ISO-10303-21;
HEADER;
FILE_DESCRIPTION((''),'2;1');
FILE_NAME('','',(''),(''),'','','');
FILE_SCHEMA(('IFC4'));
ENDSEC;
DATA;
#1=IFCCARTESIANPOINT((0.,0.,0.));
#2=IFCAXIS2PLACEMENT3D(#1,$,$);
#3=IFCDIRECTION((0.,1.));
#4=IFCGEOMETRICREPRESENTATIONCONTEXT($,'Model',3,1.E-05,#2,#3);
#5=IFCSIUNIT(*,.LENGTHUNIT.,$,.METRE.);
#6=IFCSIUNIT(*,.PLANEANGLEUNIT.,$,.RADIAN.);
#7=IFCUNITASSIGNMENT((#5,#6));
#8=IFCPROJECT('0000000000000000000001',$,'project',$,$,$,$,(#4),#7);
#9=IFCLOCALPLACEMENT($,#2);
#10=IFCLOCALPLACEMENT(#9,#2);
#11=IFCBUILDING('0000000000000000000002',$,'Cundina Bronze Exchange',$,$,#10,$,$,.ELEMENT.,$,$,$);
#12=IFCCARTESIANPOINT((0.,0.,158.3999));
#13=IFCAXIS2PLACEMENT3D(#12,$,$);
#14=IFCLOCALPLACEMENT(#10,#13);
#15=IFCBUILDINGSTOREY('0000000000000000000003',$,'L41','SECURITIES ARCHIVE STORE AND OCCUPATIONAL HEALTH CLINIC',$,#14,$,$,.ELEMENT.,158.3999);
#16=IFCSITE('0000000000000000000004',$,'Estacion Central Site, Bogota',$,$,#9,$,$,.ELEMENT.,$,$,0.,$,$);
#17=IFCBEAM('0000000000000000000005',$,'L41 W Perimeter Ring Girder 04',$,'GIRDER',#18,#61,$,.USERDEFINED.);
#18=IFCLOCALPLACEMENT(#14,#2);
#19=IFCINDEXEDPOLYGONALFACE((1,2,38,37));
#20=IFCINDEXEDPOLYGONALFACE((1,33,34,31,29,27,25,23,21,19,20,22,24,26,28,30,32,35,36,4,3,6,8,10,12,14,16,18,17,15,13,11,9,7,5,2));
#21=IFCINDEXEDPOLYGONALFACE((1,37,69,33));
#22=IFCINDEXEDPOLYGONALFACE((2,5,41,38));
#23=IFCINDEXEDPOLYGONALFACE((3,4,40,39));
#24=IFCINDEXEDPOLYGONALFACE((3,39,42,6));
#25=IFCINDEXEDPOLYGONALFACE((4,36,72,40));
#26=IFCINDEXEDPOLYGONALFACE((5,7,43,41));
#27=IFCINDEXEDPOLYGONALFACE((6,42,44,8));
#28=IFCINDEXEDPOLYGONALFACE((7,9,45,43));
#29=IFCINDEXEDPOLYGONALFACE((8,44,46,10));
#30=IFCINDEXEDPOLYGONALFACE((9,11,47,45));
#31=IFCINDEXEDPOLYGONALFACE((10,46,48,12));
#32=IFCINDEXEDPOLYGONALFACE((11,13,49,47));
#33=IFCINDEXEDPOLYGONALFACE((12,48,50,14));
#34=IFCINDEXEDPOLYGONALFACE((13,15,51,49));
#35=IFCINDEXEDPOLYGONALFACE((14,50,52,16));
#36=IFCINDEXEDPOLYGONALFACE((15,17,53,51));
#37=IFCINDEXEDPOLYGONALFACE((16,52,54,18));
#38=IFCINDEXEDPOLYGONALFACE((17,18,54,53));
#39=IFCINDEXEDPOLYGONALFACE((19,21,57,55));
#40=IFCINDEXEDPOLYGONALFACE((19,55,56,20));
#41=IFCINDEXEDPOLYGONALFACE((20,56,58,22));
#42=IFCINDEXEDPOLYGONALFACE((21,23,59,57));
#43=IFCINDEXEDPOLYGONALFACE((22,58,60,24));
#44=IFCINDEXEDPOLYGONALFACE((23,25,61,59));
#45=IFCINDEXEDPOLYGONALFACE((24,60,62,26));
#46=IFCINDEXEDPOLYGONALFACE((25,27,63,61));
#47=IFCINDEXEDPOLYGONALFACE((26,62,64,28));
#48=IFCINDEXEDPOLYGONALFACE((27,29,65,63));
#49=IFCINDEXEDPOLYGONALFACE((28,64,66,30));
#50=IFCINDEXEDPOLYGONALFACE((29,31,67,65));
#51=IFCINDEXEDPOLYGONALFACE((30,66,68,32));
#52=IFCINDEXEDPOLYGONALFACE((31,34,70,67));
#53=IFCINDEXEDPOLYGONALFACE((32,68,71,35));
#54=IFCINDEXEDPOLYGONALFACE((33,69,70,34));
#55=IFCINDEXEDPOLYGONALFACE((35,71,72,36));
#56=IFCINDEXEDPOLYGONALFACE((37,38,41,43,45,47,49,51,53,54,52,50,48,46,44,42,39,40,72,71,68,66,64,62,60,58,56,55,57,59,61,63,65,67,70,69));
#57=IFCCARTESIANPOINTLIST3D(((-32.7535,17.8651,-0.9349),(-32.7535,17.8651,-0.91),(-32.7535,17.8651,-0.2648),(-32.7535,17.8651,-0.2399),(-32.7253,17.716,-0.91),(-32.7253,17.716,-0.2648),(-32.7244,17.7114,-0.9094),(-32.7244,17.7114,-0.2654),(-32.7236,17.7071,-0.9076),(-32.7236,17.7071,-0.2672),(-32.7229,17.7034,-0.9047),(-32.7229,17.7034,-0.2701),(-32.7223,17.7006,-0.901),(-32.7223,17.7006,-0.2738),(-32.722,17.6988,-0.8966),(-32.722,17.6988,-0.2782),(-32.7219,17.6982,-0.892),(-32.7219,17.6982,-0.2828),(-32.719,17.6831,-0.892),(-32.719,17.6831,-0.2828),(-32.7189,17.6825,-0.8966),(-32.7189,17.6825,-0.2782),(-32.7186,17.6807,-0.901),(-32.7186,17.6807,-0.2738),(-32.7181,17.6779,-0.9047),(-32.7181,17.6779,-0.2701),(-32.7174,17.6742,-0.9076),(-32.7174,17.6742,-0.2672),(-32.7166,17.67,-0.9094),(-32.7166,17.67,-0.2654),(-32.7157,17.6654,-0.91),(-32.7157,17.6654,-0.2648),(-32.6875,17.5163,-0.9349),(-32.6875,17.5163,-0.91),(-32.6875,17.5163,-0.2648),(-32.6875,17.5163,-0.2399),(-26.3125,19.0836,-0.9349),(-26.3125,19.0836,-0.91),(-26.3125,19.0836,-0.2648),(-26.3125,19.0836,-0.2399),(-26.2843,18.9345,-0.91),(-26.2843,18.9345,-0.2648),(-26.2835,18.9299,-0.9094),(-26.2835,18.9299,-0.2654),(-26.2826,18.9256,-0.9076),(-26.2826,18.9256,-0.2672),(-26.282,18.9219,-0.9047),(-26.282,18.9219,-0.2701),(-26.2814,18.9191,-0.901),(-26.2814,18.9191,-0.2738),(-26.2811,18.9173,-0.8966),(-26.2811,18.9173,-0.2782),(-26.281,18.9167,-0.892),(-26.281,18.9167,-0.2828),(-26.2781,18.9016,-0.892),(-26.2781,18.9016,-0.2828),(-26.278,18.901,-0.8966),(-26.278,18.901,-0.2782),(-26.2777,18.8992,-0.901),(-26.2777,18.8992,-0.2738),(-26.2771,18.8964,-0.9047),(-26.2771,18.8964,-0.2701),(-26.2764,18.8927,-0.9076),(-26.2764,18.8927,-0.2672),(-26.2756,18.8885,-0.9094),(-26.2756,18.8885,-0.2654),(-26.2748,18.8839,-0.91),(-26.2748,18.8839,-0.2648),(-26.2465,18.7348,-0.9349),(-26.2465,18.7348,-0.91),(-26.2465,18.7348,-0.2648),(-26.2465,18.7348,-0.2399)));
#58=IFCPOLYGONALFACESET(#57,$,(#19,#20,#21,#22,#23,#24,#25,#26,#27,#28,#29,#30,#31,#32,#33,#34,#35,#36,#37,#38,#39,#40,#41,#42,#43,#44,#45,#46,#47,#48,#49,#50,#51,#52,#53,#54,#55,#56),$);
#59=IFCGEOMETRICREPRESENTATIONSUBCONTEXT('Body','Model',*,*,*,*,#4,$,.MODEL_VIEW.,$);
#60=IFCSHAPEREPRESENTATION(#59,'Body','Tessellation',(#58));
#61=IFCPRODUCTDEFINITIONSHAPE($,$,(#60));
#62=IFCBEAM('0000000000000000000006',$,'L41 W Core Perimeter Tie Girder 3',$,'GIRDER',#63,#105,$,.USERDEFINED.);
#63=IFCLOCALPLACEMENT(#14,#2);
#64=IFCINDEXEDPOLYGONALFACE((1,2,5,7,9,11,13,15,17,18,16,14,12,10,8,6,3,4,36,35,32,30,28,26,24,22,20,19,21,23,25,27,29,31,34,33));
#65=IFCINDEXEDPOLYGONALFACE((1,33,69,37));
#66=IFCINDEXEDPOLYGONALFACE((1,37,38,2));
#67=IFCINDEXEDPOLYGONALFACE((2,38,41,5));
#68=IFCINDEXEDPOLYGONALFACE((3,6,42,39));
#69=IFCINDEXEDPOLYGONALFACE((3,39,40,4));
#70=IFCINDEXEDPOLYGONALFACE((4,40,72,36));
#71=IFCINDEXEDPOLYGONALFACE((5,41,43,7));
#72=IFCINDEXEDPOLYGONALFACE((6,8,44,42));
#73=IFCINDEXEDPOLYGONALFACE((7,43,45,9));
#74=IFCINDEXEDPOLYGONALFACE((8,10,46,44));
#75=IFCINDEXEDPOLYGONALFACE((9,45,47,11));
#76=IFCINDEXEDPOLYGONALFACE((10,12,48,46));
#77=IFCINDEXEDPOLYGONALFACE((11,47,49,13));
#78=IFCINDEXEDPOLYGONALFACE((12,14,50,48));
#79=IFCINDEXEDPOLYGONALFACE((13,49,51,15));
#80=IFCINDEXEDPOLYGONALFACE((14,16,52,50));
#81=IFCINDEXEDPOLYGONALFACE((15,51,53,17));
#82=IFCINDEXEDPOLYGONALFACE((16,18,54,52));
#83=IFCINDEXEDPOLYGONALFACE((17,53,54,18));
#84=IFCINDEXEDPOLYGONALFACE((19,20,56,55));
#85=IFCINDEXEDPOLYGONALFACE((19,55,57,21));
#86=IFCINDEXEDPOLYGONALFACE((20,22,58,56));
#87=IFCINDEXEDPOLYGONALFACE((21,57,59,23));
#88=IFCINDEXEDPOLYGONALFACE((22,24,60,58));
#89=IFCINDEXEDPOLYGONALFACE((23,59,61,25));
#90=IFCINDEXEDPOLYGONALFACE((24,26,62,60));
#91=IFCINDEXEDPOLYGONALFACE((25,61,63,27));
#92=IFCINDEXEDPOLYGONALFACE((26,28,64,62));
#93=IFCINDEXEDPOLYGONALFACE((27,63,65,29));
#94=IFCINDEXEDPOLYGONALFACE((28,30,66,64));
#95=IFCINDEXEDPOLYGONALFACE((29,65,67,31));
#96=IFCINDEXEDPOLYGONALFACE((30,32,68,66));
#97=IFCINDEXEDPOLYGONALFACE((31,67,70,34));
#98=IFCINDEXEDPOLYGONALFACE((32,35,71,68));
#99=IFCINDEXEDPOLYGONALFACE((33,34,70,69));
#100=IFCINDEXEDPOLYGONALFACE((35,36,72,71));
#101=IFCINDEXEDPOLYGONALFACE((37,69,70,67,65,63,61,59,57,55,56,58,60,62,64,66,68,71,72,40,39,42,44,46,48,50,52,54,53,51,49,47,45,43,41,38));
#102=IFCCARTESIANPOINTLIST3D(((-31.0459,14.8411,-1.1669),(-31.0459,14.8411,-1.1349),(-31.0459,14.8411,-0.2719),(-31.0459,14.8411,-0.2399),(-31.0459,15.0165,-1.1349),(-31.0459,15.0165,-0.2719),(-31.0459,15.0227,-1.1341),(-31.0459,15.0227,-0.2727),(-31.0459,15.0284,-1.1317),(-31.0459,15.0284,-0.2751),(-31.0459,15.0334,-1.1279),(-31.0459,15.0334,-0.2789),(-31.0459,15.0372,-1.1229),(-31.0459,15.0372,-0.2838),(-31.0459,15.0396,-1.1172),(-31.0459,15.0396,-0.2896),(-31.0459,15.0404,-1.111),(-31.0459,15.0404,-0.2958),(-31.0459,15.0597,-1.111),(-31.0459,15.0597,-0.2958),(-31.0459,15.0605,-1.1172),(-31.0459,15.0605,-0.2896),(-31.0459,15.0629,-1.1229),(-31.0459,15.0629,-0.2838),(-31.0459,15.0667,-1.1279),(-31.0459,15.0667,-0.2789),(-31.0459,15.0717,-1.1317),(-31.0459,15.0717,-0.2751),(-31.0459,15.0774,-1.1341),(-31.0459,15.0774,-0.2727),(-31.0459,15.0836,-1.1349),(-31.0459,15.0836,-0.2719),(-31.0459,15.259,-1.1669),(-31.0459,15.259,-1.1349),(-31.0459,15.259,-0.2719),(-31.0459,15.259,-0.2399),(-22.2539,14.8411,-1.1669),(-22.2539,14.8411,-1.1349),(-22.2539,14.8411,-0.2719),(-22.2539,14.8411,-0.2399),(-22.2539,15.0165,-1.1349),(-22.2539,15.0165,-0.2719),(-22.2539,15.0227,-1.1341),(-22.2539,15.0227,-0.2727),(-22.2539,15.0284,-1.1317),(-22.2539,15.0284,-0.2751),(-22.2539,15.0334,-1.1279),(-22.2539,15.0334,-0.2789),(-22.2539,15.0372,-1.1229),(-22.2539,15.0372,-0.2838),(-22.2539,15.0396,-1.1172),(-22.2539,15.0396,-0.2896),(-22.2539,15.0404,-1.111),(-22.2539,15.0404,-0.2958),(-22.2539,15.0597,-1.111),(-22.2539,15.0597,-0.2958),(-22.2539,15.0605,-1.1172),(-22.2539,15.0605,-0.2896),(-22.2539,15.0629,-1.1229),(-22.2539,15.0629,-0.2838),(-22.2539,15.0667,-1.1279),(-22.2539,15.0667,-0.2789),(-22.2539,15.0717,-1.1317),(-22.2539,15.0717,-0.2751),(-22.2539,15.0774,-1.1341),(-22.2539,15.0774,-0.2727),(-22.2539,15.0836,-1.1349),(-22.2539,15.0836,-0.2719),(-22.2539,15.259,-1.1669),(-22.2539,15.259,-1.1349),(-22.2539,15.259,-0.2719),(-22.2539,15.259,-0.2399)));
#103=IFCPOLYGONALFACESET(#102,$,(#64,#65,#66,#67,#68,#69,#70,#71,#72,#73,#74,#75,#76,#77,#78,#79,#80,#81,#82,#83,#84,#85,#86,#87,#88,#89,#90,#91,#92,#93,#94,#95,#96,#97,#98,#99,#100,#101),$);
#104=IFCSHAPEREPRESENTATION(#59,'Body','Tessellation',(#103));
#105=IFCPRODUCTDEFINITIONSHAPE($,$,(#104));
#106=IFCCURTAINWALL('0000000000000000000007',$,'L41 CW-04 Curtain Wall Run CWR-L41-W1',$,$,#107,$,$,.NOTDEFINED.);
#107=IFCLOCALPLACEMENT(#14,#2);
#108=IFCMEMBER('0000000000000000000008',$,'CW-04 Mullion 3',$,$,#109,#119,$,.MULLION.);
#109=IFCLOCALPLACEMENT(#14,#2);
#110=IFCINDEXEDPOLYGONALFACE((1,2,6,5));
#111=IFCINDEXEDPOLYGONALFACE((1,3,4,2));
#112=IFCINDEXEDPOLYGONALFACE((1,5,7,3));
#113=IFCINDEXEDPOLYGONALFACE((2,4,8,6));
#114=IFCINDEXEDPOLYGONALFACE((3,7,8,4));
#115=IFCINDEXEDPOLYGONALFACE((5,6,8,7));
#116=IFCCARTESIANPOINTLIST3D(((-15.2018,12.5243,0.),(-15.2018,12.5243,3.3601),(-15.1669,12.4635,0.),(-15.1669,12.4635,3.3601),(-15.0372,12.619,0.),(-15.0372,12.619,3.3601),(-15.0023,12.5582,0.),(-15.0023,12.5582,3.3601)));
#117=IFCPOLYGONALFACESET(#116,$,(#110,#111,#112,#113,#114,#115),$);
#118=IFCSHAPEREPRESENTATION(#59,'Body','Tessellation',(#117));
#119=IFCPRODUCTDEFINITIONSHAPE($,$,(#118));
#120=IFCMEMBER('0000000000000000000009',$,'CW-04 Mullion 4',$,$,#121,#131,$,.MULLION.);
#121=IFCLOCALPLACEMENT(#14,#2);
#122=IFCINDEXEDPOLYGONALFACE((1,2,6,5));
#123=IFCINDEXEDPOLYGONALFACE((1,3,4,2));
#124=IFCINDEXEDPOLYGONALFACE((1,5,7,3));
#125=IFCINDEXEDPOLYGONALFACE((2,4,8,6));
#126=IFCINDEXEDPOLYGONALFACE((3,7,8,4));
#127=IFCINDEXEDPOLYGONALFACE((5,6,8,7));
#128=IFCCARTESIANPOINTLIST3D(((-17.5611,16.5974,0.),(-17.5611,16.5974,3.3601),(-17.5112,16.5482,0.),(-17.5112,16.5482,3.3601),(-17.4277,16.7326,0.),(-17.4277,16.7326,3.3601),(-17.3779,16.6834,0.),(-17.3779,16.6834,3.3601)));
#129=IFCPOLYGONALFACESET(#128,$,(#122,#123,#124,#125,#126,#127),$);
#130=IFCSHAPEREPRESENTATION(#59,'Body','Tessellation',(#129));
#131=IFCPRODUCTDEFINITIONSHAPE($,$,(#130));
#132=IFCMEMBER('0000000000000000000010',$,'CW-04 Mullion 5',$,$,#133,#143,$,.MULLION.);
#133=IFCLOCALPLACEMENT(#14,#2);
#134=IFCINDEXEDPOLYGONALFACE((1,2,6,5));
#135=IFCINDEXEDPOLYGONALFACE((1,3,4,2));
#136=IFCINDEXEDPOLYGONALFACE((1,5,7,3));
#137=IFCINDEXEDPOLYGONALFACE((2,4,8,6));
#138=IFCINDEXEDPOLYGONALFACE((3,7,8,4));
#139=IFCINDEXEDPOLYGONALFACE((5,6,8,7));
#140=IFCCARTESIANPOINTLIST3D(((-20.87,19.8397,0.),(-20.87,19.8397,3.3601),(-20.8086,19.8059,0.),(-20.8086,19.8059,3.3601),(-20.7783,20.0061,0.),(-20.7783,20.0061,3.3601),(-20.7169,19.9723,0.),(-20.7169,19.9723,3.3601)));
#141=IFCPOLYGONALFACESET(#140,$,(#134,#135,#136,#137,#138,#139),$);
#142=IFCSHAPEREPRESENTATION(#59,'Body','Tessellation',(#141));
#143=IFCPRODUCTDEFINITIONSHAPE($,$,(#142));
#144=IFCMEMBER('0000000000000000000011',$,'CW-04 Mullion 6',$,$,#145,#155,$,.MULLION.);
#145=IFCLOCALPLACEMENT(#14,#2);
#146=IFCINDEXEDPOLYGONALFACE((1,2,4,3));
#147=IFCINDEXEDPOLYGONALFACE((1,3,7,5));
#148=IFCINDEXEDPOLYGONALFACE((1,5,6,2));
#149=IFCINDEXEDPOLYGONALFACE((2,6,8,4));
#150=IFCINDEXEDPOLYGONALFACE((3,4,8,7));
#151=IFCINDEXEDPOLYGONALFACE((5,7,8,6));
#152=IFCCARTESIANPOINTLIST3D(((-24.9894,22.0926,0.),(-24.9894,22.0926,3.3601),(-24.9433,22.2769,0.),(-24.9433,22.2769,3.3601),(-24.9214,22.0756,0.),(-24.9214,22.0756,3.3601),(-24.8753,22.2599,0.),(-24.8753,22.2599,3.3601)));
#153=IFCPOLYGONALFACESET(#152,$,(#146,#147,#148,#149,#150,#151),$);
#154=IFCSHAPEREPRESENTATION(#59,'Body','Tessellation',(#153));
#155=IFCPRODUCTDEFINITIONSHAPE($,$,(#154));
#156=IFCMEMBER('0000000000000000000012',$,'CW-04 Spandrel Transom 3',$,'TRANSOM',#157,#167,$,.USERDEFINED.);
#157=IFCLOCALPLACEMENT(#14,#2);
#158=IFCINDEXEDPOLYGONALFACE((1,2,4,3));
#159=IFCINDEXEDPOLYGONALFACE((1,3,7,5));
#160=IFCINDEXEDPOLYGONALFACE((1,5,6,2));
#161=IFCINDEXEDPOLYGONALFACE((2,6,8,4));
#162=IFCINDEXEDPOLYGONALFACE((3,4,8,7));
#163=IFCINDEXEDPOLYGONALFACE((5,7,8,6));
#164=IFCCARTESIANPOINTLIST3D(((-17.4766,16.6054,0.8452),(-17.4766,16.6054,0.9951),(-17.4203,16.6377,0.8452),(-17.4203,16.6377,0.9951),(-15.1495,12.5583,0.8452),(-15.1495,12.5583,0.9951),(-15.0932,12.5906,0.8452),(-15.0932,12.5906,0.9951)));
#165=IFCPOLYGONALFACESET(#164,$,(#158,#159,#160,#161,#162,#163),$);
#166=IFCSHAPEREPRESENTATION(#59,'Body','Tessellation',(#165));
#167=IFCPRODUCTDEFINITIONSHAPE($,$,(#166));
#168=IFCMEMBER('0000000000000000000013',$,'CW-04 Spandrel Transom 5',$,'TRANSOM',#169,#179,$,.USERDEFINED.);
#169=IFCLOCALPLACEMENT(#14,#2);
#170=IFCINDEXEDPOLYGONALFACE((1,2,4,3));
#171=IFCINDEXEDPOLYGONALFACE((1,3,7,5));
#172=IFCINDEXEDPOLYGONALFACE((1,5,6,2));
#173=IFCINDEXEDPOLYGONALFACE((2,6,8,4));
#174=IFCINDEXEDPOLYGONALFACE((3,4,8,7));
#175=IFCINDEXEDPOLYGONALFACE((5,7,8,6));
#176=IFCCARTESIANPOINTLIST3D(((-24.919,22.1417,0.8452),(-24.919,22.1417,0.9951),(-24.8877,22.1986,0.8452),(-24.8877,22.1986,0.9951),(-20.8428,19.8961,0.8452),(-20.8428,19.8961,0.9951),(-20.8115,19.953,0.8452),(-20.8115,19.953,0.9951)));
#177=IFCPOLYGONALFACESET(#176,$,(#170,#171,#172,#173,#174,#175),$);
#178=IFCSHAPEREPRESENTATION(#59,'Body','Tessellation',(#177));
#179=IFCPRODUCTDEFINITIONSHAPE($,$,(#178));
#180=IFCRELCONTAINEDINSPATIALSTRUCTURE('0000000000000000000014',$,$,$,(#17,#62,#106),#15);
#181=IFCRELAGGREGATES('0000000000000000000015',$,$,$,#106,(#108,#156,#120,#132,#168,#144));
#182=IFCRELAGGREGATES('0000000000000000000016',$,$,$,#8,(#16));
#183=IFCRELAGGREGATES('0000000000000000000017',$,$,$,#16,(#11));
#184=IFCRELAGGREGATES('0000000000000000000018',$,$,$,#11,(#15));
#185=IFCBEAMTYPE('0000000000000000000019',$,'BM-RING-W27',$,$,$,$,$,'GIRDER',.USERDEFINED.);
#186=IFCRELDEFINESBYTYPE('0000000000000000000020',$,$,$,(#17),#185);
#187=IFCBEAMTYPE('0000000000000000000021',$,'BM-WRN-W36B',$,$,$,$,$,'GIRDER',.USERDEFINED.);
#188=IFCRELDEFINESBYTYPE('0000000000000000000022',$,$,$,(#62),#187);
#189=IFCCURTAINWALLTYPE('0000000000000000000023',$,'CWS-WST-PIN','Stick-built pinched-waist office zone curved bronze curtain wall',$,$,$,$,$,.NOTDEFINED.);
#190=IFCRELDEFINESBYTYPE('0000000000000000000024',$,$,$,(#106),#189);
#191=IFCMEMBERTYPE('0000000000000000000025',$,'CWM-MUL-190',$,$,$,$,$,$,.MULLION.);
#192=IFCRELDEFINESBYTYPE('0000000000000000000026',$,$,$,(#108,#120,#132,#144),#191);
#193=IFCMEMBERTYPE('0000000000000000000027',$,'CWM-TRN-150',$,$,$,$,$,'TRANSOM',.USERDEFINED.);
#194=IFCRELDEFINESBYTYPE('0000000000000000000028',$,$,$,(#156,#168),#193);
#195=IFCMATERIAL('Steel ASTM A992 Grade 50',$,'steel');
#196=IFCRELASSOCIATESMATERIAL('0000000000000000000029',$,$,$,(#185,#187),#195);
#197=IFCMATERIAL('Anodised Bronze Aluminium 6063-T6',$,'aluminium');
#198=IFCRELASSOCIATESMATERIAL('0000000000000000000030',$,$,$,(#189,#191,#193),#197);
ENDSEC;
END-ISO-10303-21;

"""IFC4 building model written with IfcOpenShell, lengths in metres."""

from ifc_helpers import new_model, si_unit, direction, frame, origin, origin_2d, place, context, subcontext, project, spatial, rectangle, i_section, extrude, material, material_profile, profile_set, type_object, element, aggregate, save


model = new_model("IFC4")

# Units and contexts
model_context = context("Model", 3, precision=1e-05, world=origin(), true_north=direction((0.0, 1.0)))
body_context = subcontext(model_context, "Body", "Model", "MODEL_VIEW")
ifc_project = project(units=[si_unit("LENGTHUNIT", "METRE"), si_unit("PLANEANGLEUNIT", "RADIAN")], contexts=[model_context])

# Site, building, storey
site_placement = place(None, origin())
site = spatial("IfcSite", under=ifc_project, at=site_placement, Name="Estacion Central Site, Bogota", CompositionType="ELEMENT", RefElevation=0.0)
building_placement = place(site_placement, origin())
building = spatial("IfcBuilding", under=site, at=building_placement, Name="Cundina Bronze Exchange", CompositionType="ELEMENT")
storey_placement = place(building_placement, frame((0.0, 0.0, 158.3999)))
storey = spatial("IfcBuildingStorey", under=building, at=storey_placement, Name="L41", Description="SECURITIES ARCHIVE STORE AND OCCUPATIONAL HEALTH CLINIC", CompositionType="ELEMENT", Elevation=158.3999)

# Shared definitions
ifc_material_1 = material(Name="Steel ASTM A992 Grade 50", Category="steel")

# Beams
ifc_material_profile_1 = material_profile(ifc_material_1, i_section(OverallWidth=0.355, OverallDepth=0.6951, WebThickness=0.0154, FlangeThickness=0.0249, FilletRadius=0.0181, at=origin_2d()), Name="W27X146", Category="steel")
ifc_profile_set_1 = profile_set([ifc_material_profile_1], Name="Steel ASTM A992 Grade 50")
beam_type_1 = type_object("IfcBeamType", Name="BM-RING-W27", ElementType="GIRDER", PredefinedType="USERDEFINED", material=ifc_profile_set_1)
beam_1_placement = place(storey_placement, frame((-26.2795, 18.9092, -0.5874), z_axis=(-0.982572, -0.185885, 0.0), x_axis=(0.185885, -0.982572, 0.0)))
element("IfcBeam", 1, at=beam_1_placement, inside=storey, type_object=beam_type_1, Name="L41 W Perimeter Ring Girder 04", ObjectType="GIRDER", PredefinedType="USERDEFINED", context=body_context, shape_type="SweptSolid", body=[
    extrude(i_section(OverallWidth=0.355, OverallDepth=0.6951, WebThickness=0.0154, FlangeThickness=0.0249, FilletRadius=0.0181, at=origin_2d()), origin(), (0.0, 0.0, 1.0), 6.5552),
])
ifc_material_profile_2 = material_profile(ifc_material_1, i_section(OverallWidth=0.418, OverallDepth=0.927, WebThickness=0.0193, FlangeThickness=0.032, FilletRadius=0.0239, at=origin_2d()), Name="W36X231", Category="steel")
ifc_profile_set_2 = profile_set([ifc_material_profile_2], Name="Steel ASTM A992 Grade 50")
beam_type_2 = type_object("IfcBeamType", Name="BM-WRN-W36B", ElementType="GIRDER", PredefinedType="USERDEFINED", material=ifc_profile_set_2)
beam_2_placement = place(storey_placement, frame((-22.2539, 15.05, -0.7034), z_axis=(-1.0, 0.0, 0.0), x_axis=(0.0, -1.0, 0.0)))
element("IfcBeam", 2, at=beam_2_placement, inside=storey, type_object=beam_type_2, Name="L41 W Core Perimeter Tie Girder 3", ObjectType="GIRDER", PredefinedType="USERDEFINED", context=body_context, shape_type="SweptSolid", body=[
    extrude(i_section(OverallWidth=0.418, OverallDepth=0.927, WebThickness=0.0193, FlangeThickness=0.032, FilletRadius=0.0239, at=origin_2d()), origin(), (0.0, 0.0, 1.0), 8.792),
])

# Curtain wall, members
ifc_material_2 = material(Name="Anodised Bronze Aluminium 6063-T6", Category="aluminium")
curtain_wall_type = type_object("IfcCurtainWallType", Name="CWS-WST-PIN", Description="Stick-built pinched-waist office zone curved bronze curtain wall", PredefinedType="NOTDEFINED", material=ifc_material_2)
curtain_wall_placement = place(storey_placement, origin())
curtain_wall = element("IfcCurtainWall", 3, at=curtain_wall_placement, inside=storey, type_object=curtain_wall_type, Name="L41 CW-04 Curtain Wall Run CWR-L41-W1", PredefinedType="NOTDEFINED")
ifc_material_profile_3 = material_profile(ifc_material_2, rectangle(XDim=0.0701, YDim=0.1899, at=origin_2d()), Name="AL70X190", Category="aluminium")
ifc_profile_set_3 = profile_set([ifc_material_profile_3], Name="Anodised Bronze Aluminium 6063-T6")
member_type_1 = type_object("IfcMemberType", Name="CWM-MUL-190", PredefinedType="MULLION", material=ifc_profile_set_3)
member_1_placement = place(storey_placement, frame((-15.1021, 12.5413, 0.0), z_axis=(0.0, 0.0, 1.0), x_axis=(-0.498488, 0.866897, 0.0)))
member_1 = element("IfcMember", 4, at=member_1_placement, type_object=member_type_1, Name="CW-04 Mullion 3", PredefinedType="MULLION", context=body_context, shape_type="SweptSolid", body=[
    extrude(rectangle(XDim=0.0701, YDim=0.1899, at=origin_2d()), origin(), (0.0, 0.0, 1.0), 3.3601),
])
member_2_placement = place(storey_placement, frame((-17.4695, 16.6404, 0.0), z_axis=(0.0, 0.0, 1.0), x_axis=(-0.712026, 0.702153, 0.0)))
member_2 = element("IfcMember", 5, at=member_2_placement, type_object=member_type_1, Name="CW-04 Mullion 4", PredefinedType="MULLION", context=body_context, shape_type="SweptSolid", body=[
    extrude(rectangle(XDim=0.0701, YDim=0.1899, at=origin_2d()), origin(), (0.0, 0.0, 1.0), 3.3601),
])
member_3_placement = place(storey_placement, frame((-20.7935, 19.906, 0.0), z_axis=(0.0, 0.0, 1.0), x_axis=(-0.875886, 0.482518, 0.0)))
member_3 = element("IfcMember", 6, at=member_3_placement, type_object=member_type_1, Name="CW-04 Mullion 5", PredefinedType="MULLION", context=body_context, shape_type="SweptSolid", body=[
    extrude(rectangle(XDim=0.0701, YDim=0.1899, at=origin_2d()), origin(), (0.0, 0.0, 1.0), 3.3601),
])
member_4_placement = place(storey_placement, frame((-24.9324, 22.1763, 0.0), z_axis=(0.0, 0.0, 1.0), x_axis=(-0.970084, 0.242769, 0.0)))
member_4 = element("IfcMember", 7, at=member_4_placement, type_object=member_type_1, Name="CW-04 Mullion 6", PredefinedType="MULLION", context=body_context, shape_type="SweptSolid", body=[
    extrude(rectangle(XDim=0.0701, YDim=0.1899, at=origin_2d()), origin(), (0.0, 0.0, 1.0), 3.3601),
])
ifc_material_profile_4 = material_profile(ifc_material_2, rectangle(XDim=0.0649, YDim=0.1499, at=origin_2d()), Name="AL65X150", Category="aluminium")
ifc_profile_set_4 = profile_set([ifc_material_profile_4], Name="Anodised Bronze Aluminium 6063-T6")
member_type_2 = type_object("IfcMemberType", Name="CWM-TRN-150", ElementType="TRANSOM", PredefinedType="USERDEFINED", material=ifc_profile_set_4)
member_5_placement = place(storey_placement, frame((-15.1213, 12.5745, 0.9202), z_axis=(-0.49848, 0.866901, 0.0), x_axis=(-0.866901, -0.49848, 0.0)))
member_5 = element("IfcMember", 8, at=member_5_placement, type_object=member_type_2, Name="CW-04 Spandrel Transom 3", ObjectType="TRANSOM", PredefinedType="USERDEFINED", context=body_context, shape_type="SweptSolid", body=[
    extrude(rectangle(XDim=0.0649, YDim=0.1499, at=origin_2d()), origin(), (0.0, 0.0, 1.0), 4.6685),
])
member_6_placement = place(storey_placement, frame((-20.8271, 19.9246, 0.9202), z_axis=(-0.875879, 0.482531, 0.0), x_axis=(-0.482531, -0.875879, 0.0)))
member_6 = element("IfcMember", 9, at=member_6_placement, type_object=member_type_2, Name="CW-04 Spandrel Transom 5", ObjectType="TRANSOM", PredefinedType="USERDEFINED", context=body_context, shape_type="SweptSolid", body=[
    extrude(rectangle(XDim=0.0649, YDim=0.1499, at=origin_2d()), origin(), (0.0, 0.0, 1.0), 4.6538),
])
aggregate(curtain_wall, [member_1, member_5, member_2, member_3, member_6, member_4])

save(model, "model.ifc")
